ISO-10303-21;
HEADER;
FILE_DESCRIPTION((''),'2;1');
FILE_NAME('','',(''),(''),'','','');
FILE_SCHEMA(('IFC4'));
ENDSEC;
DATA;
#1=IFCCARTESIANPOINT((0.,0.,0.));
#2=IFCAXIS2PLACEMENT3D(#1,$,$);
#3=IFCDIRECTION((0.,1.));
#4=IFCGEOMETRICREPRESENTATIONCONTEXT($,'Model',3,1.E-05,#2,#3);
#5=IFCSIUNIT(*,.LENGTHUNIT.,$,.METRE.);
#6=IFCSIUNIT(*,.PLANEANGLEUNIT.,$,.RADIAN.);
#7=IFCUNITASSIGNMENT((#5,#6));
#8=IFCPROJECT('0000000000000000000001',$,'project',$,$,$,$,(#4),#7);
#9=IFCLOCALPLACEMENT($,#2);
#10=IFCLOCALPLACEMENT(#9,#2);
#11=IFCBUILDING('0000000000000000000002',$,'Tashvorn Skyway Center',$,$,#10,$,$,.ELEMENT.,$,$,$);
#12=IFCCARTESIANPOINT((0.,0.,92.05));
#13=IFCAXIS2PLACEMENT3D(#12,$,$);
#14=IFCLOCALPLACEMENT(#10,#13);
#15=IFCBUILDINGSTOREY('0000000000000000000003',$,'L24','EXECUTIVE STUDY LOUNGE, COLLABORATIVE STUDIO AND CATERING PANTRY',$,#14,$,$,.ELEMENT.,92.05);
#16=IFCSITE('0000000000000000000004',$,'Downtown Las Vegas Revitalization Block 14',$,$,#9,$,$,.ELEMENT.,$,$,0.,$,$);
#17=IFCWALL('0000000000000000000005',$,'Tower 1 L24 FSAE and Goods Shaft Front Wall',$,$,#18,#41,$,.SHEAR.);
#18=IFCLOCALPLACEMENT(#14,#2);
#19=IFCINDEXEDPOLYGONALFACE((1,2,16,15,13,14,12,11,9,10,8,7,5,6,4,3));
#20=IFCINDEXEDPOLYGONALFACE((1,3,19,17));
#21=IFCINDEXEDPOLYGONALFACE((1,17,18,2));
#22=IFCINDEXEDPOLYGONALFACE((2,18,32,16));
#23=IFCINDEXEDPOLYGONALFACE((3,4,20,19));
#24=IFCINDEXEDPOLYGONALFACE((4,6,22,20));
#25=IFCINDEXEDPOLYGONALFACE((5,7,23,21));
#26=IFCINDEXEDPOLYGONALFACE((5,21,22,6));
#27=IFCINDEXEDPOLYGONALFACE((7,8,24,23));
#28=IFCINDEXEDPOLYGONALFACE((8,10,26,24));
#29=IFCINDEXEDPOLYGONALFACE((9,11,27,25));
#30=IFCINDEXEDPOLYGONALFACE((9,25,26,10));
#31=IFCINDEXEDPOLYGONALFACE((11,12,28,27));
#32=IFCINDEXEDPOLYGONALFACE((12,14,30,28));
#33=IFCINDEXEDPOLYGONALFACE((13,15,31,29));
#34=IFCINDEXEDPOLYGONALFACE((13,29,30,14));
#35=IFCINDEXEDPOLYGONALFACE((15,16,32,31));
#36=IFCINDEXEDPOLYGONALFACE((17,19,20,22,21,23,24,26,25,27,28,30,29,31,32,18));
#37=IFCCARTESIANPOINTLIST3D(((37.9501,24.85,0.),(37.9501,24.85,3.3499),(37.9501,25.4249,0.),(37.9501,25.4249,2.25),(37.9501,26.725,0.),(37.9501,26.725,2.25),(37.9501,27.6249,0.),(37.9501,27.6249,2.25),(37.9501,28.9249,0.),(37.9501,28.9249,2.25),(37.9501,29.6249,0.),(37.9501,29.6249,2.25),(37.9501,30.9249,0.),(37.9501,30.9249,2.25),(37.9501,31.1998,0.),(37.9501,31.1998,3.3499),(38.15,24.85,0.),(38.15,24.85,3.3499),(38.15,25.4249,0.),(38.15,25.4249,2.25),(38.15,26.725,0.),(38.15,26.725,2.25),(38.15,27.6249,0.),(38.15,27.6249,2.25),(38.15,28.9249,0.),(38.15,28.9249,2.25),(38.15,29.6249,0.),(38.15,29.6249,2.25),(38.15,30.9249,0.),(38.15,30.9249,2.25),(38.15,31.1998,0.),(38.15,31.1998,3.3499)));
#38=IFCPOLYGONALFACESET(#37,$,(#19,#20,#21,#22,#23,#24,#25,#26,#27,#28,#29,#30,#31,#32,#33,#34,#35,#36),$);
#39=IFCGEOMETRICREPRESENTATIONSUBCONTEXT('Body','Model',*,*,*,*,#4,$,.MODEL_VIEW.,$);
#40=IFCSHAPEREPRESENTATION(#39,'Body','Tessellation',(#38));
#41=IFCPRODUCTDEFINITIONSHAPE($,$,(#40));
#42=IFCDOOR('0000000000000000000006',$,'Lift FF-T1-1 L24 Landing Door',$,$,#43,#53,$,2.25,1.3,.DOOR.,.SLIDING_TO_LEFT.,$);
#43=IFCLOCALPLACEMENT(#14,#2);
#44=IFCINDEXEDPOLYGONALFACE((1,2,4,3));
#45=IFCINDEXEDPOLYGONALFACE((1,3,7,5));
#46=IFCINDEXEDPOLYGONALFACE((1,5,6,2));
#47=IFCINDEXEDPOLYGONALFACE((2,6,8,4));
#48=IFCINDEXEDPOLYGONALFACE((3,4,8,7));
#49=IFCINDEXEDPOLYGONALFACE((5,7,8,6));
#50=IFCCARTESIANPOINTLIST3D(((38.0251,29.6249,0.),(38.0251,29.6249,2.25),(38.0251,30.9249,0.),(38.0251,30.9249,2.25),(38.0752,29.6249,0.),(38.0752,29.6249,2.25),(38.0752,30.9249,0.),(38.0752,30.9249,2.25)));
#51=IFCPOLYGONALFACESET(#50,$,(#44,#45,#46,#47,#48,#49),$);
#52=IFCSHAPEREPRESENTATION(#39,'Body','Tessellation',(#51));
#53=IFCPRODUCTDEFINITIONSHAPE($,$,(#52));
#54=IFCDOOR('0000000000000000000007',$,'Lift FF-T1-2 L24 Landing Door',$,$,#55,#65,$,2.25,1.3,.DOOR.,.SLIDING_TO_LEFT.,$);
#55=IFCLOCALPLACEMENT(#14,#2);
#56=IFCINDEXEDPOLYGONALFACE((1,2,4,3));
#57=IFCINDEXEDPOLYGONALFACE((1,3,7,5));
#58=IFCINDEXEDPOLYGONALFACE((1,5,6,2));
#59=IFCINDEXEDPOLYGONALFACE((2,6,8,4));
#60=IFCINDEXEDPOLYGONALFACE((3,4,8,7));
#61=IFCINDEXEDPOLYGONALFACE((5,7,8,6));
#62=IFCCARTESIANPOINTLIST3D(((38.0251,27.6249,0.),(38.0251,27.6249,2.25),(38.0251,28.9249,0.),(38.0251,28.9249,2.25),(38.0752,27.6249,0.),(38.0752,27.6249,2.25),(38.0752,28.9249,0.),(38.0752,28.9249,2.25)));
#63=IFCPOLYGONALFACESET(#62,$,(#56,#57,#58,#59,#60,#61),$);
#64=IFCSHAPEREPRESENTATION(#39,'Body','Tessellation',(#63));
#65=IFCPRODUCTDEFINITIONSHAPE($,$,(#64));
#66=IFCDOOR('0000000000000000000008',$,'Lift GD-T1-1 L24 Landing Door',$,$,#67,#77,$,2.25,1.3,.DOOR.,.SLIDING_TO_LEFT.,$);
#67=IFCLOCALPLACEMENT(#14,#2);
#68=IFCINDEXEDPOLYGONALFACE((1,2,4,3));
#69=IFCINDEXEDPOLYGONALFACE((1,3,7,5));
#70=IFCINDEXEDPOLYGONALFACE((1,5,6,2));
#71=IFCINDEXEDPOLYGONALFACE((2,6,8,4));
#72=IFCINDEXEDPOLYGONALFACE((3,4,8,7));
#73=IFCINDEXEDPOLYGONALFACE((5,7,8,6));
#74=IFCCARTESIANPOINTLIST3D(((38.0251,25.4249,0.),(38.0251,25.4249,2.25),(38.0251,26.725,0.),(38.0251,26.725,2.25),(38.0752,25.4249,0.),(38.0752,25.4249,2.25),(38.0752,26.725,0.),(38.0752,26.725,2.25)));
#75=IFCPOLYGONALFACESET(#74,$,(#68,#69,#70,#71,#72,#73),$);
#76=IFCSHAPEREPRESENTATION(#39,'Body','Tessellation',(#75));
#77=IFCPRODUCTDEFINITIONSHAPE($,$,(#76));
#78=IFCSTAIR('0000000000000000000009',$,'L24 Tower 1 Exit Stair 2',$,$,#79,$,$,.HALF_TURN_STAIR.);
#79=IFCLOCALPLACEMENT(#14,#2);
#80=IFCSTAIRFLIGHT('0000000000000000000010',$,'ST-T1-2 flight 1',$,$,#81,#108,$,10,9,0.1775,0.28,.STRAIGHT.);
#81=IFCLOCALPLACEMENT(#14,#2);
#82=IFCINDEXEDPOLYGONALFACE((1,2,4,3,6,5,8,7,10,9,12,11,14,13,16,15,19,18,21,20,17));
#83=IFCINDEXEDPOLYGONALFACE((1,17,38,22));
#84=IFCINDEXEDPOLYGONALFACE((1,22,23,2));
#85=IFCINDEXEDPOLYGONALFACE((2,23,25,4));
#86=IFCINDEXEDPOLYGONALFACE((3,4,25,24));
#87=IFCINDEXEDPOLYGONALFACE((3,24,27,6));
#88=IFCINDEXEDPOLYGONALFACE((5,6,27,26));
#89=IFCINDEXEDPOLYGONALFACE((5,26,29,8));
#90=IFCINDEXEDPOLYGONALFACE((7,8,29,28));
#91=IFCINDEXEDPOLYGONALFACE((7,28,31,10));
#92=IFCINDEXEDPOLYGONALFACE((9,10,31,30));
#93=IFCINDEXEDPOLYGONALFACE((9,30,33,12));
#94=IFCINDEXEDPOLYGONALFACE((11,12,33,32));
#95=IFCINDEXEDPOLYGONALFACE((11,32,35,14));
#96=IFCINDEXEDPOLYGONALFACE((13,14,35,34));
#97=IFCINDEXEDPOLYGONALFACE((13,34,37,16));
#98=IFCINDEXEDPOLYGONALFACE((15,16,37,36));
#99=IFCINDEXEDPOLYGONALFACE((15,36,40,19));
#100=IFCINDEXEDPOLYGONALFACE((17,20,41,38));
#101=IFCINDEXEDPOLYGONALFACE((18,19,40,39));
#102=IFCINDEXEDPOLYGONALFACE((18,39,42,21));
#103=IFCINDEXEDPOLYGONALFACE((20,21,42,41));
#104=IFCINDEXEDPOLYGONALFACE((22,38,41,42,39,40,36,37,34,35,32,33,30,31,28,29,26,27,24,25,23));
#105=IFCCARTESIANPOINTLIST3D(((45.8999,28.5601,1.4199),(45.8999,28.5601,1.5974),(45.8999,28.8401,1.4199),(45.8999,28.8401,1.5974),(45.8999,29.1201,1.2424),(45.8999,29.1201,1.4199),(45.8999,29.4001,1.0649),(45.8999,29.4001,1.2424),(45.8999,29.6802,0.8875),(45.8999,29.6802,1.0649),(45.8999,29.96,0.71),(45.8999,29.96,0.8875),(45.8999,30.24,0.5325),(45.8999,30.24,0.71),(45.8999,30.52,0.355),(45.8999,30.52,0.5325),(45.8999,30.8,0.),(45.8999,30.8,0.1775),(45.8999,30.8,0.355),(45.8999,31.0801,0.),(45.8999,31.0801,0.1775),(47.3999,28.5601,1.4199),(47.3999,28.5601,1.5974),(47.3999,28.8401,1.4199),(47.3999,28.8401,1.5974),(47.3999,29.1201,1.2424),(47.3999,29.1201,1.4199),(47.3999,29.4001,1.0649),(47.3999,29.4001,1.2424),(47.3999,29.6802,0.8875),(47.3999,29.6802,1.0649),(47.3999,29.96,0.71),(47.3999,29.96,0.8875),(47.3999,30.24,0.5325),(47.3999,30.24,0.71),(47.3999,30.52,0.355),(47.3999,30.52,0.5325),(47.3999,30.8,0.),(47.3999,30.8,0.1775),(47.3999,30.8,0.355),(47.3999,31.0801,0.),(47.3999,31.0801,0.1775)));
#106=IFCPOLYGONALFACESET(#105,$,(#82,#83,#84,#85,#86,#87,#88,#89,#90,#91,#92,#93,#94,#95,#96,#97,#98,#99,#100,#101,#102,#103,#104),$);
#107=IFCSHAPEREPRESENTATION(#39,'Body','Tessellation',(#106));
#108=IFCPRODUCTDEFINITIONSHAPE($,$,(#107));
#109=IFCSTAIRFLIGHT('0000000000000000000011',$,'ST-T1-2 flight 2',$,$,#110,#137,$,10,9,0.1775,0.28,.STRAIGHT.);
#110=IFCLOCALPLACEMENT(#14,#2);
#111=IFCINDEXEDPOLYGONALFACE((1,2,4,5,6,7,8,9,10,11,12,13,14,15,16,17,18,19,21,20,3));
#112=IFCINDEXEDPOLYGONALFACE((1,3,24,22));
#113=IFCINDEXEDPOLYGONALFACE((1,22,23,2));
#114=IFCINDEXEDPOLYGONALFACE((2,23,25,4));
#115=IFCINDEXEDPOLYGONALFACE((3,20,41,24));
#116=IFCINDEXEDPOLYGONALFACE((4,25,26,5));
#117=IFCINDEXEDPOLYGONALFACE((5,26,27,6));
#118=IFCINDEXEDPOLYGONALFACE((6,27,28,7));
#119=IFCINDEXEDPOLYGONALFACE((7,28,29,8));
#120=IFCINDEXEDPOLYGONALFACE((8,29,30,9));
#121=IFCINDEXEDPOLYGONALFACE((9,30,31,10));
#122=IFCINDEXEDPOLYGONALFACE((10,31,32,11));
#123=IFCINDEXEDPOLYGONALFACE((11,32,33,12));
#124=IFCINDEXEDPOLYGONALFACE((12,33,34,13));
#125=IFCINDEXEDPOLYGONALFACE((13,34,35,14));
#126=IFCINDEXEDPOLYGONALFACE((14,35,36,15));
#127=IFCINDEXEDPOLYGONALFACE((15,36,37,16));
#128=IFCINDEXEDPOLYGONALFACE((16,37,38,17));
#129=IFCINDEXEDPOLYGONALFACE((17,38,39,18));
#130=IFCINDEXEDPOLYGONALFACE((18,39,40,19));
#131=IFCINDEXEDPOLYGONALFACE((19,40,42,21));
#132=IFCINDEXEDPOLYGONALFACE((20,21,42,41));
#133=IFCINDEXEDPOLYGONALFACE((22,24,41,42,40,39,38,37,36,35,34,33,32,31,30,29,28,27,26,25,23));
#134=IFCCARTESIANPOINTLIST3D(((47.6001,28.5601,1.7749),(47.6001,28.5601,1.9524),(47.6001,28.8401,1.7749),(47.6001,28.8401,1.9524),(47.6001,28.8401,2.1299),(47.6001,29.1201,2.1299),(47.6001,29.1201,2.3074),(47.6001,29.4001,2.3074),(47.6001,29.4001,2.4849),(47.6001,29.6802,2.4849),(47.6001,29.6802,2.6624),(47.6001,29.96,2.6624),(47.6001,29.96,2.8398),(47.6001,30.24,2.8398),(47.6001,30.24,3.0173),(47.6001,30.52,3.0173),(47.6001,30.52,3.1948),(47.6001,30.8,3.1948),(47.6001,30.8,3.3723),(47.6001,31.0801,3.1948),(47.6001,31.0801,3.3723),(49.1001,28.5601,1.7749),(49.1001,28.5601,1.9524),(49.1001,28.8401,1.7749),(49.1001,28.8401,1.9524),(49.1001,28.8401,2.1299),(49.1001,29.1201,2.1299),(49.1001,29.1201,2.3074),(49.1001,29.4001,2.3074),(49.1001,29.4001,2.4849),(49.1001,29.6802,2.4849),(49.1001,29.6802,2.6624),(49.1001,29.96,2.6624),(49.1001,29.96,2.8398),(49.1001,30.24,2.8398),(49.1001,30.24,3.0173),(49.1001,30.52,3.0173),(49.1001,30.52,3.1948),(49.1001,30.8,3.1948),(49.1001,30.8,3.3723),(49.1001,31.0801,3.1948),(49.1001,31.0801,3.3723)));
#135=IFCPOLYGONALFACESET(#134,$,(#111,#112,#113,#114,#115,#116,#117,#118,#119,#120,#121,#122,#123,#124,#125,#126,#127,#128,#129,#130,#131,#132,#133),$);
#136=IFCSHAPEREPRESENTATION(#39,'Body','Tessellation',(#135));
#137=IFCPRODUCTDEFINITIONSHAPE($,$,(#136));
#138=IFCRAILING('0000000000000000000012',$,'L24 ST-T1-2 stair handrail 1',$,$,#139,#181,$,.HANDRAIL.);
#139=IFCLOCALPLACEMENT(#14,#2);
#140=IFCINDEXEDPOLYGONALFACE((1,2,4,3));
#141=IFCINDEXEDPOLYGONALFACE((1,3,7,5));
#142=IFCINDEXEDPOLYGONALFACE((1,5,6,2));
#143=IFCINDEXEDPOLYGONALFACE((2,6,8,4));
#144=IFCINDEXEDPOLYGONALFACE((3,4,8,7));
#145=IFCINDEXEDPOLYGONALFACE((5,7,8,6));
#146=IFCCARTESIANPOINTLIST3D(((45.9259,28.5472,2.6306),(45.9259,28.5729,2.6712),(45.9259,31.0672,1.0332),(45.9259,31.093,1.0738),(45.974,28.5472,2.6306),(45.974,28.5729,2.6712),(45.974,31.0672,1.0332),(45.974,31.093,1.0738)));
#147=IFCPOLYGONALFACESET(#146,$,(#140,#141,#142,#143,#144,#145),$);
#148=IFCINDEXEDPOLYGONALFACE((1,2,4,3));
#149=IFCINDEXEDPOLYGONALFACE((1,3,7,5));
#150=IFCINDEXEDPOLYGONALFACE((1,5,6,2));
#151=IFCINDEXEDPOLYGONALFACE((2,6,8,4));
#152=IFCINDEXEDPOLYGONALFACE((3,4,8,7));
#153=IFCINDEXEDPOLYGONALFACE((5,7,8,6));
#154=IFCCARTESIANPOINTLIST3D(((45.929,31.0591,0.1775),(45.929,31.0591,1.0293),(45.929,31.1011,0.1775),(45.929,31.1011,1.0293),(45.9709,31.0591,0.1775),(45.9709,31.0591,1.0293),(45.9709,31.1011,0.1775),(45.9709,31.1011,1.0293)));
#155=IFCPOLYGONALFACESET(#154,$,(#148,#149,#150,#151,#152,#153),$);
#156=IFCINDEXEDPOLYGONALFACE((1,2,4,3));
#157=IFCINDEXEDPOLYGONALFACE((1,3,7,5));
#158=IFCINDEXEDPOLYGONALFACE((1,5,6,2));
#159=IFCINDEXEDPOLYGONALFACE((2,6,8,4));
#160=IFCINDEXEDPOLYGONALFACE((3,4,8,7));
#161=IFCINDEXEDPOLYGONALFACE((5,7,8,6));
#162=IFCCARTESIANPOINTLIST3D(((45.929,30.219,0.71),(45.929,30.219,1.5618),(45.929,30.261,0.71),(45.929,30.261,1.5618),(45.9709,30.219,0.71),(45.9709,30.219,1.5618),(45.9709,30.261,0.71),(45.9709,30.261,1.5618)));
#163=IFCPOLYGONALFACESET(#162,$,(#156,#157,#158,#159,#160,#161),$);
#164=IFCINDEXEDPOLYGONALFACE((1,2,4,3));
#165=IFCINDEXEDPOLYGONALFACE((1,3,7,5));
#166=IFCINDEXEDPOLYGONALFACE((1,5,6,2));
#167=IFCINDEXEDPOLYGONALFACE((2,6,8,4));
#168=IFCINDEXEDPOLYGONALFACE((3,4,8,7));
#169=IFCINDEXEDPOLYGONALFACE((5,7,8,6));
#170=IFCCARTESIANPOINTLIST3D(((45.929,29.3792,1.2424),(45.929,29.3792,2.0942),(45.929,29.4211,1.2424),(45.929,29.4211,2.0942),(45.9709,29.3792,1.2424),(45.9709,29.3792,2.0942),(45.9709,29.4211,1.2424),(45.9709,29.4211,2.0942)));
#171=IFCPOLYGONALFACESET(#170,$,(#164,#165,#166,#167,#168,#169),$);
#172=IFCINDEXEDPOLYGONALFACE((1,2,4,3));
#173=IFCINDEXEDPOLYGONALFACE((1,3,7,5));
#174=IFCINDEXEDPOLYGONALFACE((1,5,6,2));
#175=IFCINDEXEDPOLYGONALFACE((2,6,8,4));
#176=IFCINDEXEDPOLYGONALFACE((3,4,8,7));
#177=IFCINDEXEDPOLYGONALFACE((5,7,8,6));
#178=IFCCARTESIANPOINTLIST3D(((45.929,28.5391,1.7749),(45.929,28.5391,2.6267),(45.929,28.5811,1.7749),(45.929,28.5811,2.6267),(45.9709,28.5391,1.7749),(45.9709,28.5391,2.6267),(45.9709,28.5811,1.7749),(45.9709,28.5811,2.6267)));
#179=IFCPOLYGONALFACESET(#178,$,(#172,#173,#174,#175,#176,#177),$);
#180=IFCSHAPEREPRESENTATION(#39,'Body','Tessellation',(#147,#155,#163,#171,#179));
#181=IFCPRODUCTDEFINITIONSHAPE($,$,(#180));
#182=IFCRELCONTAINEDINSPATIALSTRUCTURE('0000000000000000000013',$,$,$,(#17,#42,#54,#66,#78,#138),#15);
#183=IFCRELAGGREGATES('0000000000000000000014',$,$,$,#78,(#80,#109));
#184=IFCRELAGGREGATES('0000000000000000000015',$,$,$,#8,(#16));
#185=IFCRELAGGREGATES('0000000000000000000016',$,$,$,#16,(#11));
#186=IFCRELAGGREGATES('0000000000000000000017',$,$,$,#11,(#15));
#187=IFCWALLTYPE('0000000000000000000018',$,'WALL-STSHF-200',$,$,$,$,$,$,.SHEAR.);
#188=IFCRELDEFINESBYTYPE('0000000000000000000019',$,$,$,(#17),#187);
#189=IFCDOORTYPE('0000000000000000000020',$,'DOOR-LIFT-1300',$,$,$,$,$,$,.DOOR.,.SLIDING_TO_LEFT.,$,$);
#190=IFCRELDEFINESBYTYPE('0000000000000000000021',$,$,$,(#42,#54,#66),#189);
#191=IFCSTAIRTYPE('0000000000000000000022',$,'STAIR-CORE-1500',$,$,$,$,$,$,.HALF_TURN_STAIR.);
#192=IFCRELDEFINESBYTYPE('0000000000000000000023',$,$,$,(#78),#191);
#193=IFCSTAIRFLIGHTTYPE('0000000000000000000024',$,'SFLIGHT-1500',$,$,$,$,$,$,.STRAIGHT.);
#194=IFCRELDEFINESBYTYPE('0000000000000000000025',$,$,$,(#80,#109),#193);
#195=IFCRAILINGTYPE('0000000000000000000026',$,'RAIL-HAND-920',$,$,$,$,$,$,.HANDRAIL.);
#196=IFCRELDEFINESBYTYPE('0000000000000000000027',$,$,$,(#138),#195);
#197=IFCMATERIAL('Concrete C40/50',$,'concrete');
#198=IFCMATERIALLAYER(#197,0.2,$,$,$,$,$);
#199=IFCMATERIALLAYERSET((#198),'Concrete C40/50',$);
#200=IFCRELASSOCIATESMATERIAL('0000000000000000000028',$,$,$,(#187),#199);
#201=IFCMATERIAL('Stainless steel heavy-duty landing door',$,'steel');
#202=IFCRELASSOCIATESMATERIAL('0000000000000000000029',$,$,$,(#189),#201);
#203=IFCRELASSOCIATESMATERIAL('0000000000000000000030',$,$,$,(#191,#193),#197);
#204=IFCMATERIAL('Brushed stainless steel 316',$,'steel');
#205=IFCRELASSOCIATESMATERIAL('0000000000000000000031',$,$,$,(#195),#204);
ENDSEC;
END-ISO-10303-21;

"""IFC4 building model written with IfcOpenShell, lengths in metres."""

from ifc_helpers import new_model, si_unit, direction, frame, frame_2d, origin, origin_2d, place, context, subcontext, project, spatial, polyline, rectangle, outline, extrude, material, layer, layer_set, type_object, element, fill, aggregate, save


model = new_model("IFC4")

# Units and contexts
model_context = context("Model", 3, precision=1e-05, world=origin(), true_north=direction((0.0, 1.0)))
body_context = subcontext(model_context, "Body", "Model", "MODEL_VIEW")
ifc_project = project(units=[si_unit("LENGTHUNIT", "METRE"), si_unit("PLANEANGLEUNIT", "RADIAN")], contexts=[model_context])

# Site, building, storey
site_placement = place(None, origin())
site = spatial("IfcSite", under=ifc_project, at=site_placement, Name="Downtown Las Vegas Revitalization Block 14", CompositionType="ELEMENT", RefElevation=0.0)
building_placement = place(site_placement, origin())
building = spatial("IfcBuilding", under=site, at=building_placement, Name="Tashvorn Skyway Center", CompositionType="ELEMENT")
storey_placement = place(building_placement, frame((0.0, 0.0, 92.05)))
storey = spatial("IfcBuildingStorey", under=building, at=storey_placement, Name="L24", Description="EXECUTIVE STUDY LOUNGE, COLLABORATIVE STUDIO AND CATERING PANTRY", CompositionType="ELEMENT", Elevation=92.05)

# Shared definitions
ifc_material_1 = material(Name="Concrete C40/50", Category="concrete")

# Shared definitions
ifc_layer_1 = layer(ifc_material_1, 0.2)
ifc_layer_set_1 = layer_set([ifc_layer_1], Name="Concrete C40/50")
wall_type_1 = type_object("IfcWallType", Name="WALL-STSHF-200", PredefinedType="SHEAR", material=ifc_layer_set_1)

# Wall, openings, doors
wall_1_placement = place(storey_placement, frame((38.05, 24.8501, 0.0), z_axis=(0.0, 0.0, 1.0), x_axis=(0.0, 1.0, 0.0)))
wall_1 = element("IfcWall", 1, at=wall_1_placement, inside=storey, type_object=wall_type_1, Name="Tower 1 L24 FSAE and Goods Shaft Front Wall", PredefinedType="SHEAR", context=body_context, shape_type="SweptSolid", body=[
    extrude(rectangle(XDim=6.3499, YDim=0.2, at=frame_2d((3.1748, 0.0))), origin(), (0.0, 0.0, 1.0), 3.3499),
])
opening_1_placement = place(wall_1_placement, frame((4.7749, 0.0, 0.0)))
opening_1 = element("IfcOpeningElement", 2, at=opening_1_placement, cuts=wall_1, PredefinedType="OPENING", context=body_context, shape_type="SweptSolid", body=[
    extrude(rectangle(XDim=1.3, YDim=2.25, at=frame_2d((0.6499, 1.125))), frame((0.0, 0.1099, 0.0), z_axis=(0.0, -1.0, 0.0), x_axis=(1.0, 0.0, 0.0)), (0.0, 0.0, 1.0), 0.22),
])
opening_2_placement = place(wall_1_placement, frame((2.7749, 0.0, 0.0)))
opening_2 = element("IfcOpeningElement", 3, at=opening_2_placement, cuts=wall_1, PredefinedType="OPENING", context=body_context, shape_type="SweptSolid", body=[
    extrude(rectangle(XDim=1.3, YDim=2.25, at=frame_2d((0.6499, 1.125))), frame((0.0, 0.1099, 0.0), z_axis=(0.0, -1.0, 0.0), x_axis=(1.0, 0.0, 0.0)), (0.0, 0.0, 1.0), 0.22),
])
opening_3_placement = place(wall_1_placement, frame((0.575, 0.0, 0.0)))
opening_3 = element("IfcOpeningElement", 4, at=opening_3_placement, cuts=wall_1, PredefinedType="OPENING", context=body_context, shape_type="SweptSolid", body=[
    extrude(rectangle(XDim=1.3, YDim=2.25, at=frame_2d((0.6499, 1.125))), frame((0.0, 0.1099, 0.0), z_axis=(0.0, -1.0, 0.0), x_axis=(1.0, 0.0, 0.0)), (0.0, 0.0, 1.0), 0.22),
])
ifc_material_2 = material(Name="Stainless steel heavy-duty landing door", Category="steel")
door_type_1 = type_object("IfcDoorType", Name="DOOR-LIFT-1300", OperationType="SLIDING_TO_LEFT", PredefinedType="DOOR", material=ifc_material_2)
door_1_placement = place(opening_1_placement, origin())
door_1 = element("IfcDoor", 5, at=door_1_placement, inside=storey, type_object=door_type_1, Name="Lift FF-T1-1 L24 Landing Door", OperationType="SLIDING_TO_LEFT", OverallHeight=2.25, OverallWidth=1.3, PredefinedType="DOOR", context=body_context, shape_type="SweptSolid", body=[
    extrude(rectangle(XDim=1.3, YDim=2.25, at=frame_2d((0.6499, 1.125))), frame((0.0, 0.0249, 0.0), z_axis=(0.0, -1.0, 0.0), x_axis=(1.0, 0.0, 0.0)), (0.0, 0.0, 1.0), 0.05),
])
fill(opening_1, door_1)
door_2_placement = place(opening_2_placement, origin())
door_2 = element("IfcDoor", 6, at=door_2_placement, inside=storey, type_object=door_type_1, Name="Lift FF-T1-2 L24 Landing Door", OperationType="SLIDING_TO_LEFT", OverallHeight=2.25, OverallWidth=1.3, PredefinedType="DOOR", context=body_context, shape_type="SweptSolid", body=[
    extrude(rectangle(XDim=1.3, YDim=2.25, at=frame_2d((0.6499, 1.125))), frame((0.0, 0.0249, 0.0), z_axis=(0.0, -1.0, 0.0), x_axis=(1.0, 0.0, 0.0)), (0.0, 0.0, 1.0), 0.05),
])
fill(opening_2, door_2)
door_3_placement = place(opening_3_placement, origin())
door_3 = element("IfcDoor", 7, at=door_3_placement, inside=storey, type_object=door_type_1, Name="Lift GD-T1-1 L24 Landing Door", OperationType="SLIDING_TO_LEFT", OverallHeight=2.25, OverallWidth=1.3, PredefinedType="DOOR", context=body_context, shape_type="SweptSolid", body=[
    extrude(rectangle(XDim=1.3, YDim=2.25, at=frame_2d((0.6499, 1.125))), frame((0.0, 0.0249, 0.0), z_axis=(0.0, -1.0, 0.0), x_axis=(1.0, 0.0, 0.0)), (0.0, 0.0, 1.0), 0.05),
])
fill(opening_3, door_3)

# Stair, stair flights
stair_type = type_object("IfcStairType", Name="STAIR-CORE-1500", PredefinedType="HALF_TURN_STAIR", material=ifc_material_1)
stair_placement = place(storey_placement, origin())
stair = element("IfcStair", 8, at=stair_placement, inside=storey, type_object=stair_type, Name="L24 Tower 1 Exit Stair 2", PredefinedType="HALF_TURN_STAIR")
stair_flight_type = type_object("IfcStairFlightType", Name="SFLIGHT-1500", PredefinedType="STRAIGHT", material=ifc_material_1)
stair_flight_1_placement = place(storey_placement, frame((46.6499, 31.0801, 0.0), z_axis=(0.0, 0.0, 1.0), x_axis=(0.0, -1.0, 0.0)))
stair_flight_1 = element("IfcStairFlight", 9, at=stair_flight_1_placement, type_object=stair_flight_type, Name="ST-T1-2 flight 1", NumberOfRisers=10, NumberOfTreads=9, PredefinedType="STRAIGHT", RiserHeight=0.1775, TreadLength=0.28, context=body_context, shape_type="SweptSolid", body=[
    extrude(outline(polyline([(0.0, 0.0), (0.0, 0.1775), (0.28, 0.1775), (0.28, 0.355), (0.5601, 0.355), (0.5601, 0.5325), (0.8401, 0.5325), (0.8401, 0.71), (1.1201, 0.71), (1.1201, 0.8875), (1.3999, 0.8875), (1.3999, 1.0649), (1.6799, 1.0649), (1.6799, 1.2424), (1.96, 1.2424), (1.96, 1.4199), (2.24, 1.4199), (2.24, 1.5974), (2.52, 1.5974), (2.52, 1.7749), (2.52, 1.4199), (0.28, 0.0), (0.0, 0.0)])), frame((0.0, 0.75, 0.0), z_axis=(0.0, -1.0, 0.0), x_axis=(1.0, 0.0, 0.0)), (0.0, 0.0, 1.0), 1.5),
])
stair_flight_2_placement = place(storey_placement, frame((48.3501, 28.5601, 1.7749), z_axis=(0.0, 0.0, 1.0), x_axis=(0.0, 1.0, 0.0)))
stair_flight_2 = element("IfcStairFlight", 10, at=stair_flight_2_placement, type_object=stair_flight_type, Name="ST-T1-2 flight 2", NumberOfRisers=10, NumberOfTreads=9, PredefinedType="STRAIGHT", RiserHeight=0.1775, TreadLength=0.28, context=body_context, shape_type="SweptSolid", body=[
    extrude(outline(polyline([(0.0, 0.0), (0.0, 0.1775), (0.28, 0.1775), (0.28, 0.355), (0.5601, 0.355), (0.5601, 0.5325), (0.8401, 0.5325), (0.8401, 0.71), (1.1201, 0.71), (1.1201, 0.8875), (1.3999, 0.8875), (1.3999, 1.0649), (1.6799, 1.0649), (1.6799, 1.2424), (1.96, 1.2424), (1.96, 1.4199), (2.24, 1.4199), (2.24, 1.5974), (2.52, 1.5974), (2.52, 1.7749), (2.52, 1.4199), (0.28, 0.0), (0.0, 0.0)])), frame((0.0, 0.75, 0.0), z_axis=(0.0, -1.0, 0.0), x_axis=(1.0, 0.0, 0.0)), (0.0, 0.0, 1.0), 1.5),
])
aggregate(stair, [stair_flight_1, stair_flight_2])

# Railing
ifc_material_3 = material(Name="Brushed stainless steel 316", Category="steel")
railing_type_1 = type_object("IfcRailingType", Name="RAIL-HAND-920", PredefinedType="HANDRAIL", material=ifc_material_3)
railing_1_placement = place(storey_placement, frame((45.95, 31.0801, 0.1775)))
element("IfcRailing", 11, at=railing_1_placement, inside=storey, type_object=railing_type_1, Name="L24 ST-T1-2 stair handrail 1", PredefinedType="HANDRAIL", context=body_context, shape_type="SweptSolid", body=[
    extrude(rectangle(XDim=0.0481, YDim=0.0481, at=origin_2d()), frame((0.0, 0.0, 0.876), z_axis=(0.0, -0.844607, 0.535387), x_axis=(1.0, 0.0, 0.0)), (0.0, 0.0, 1.0), 2.9836),
    extrude(rectangle(XDim=0.042, YDim=0.042, at=origin_2d()), origin(), (0.0, 0.0, 1.0), 0.8518),
    extrude(rectangle(XDim=0.042, YDim=0.042, at=origin_2d()), frame((0.0, -0.8401, 0.5325)), (0.0, 0.0, 1.0), 0.8518),
    extrude(rectangle(XDim=0.042, YDim=0.042, at=origin_2d()), frame((0.0, -1.6799, 1.0649)), (0.0, 0.0, 1.0), 0.8518),
    extrude(rectangle(XDim=0.042, YDim=0.042, at=origin_2d()), frame((0.0, -2.52, 1.5974)), (0.0, 0.0, 1.0), 0.8518),
])

save(model, "model.ifc")
